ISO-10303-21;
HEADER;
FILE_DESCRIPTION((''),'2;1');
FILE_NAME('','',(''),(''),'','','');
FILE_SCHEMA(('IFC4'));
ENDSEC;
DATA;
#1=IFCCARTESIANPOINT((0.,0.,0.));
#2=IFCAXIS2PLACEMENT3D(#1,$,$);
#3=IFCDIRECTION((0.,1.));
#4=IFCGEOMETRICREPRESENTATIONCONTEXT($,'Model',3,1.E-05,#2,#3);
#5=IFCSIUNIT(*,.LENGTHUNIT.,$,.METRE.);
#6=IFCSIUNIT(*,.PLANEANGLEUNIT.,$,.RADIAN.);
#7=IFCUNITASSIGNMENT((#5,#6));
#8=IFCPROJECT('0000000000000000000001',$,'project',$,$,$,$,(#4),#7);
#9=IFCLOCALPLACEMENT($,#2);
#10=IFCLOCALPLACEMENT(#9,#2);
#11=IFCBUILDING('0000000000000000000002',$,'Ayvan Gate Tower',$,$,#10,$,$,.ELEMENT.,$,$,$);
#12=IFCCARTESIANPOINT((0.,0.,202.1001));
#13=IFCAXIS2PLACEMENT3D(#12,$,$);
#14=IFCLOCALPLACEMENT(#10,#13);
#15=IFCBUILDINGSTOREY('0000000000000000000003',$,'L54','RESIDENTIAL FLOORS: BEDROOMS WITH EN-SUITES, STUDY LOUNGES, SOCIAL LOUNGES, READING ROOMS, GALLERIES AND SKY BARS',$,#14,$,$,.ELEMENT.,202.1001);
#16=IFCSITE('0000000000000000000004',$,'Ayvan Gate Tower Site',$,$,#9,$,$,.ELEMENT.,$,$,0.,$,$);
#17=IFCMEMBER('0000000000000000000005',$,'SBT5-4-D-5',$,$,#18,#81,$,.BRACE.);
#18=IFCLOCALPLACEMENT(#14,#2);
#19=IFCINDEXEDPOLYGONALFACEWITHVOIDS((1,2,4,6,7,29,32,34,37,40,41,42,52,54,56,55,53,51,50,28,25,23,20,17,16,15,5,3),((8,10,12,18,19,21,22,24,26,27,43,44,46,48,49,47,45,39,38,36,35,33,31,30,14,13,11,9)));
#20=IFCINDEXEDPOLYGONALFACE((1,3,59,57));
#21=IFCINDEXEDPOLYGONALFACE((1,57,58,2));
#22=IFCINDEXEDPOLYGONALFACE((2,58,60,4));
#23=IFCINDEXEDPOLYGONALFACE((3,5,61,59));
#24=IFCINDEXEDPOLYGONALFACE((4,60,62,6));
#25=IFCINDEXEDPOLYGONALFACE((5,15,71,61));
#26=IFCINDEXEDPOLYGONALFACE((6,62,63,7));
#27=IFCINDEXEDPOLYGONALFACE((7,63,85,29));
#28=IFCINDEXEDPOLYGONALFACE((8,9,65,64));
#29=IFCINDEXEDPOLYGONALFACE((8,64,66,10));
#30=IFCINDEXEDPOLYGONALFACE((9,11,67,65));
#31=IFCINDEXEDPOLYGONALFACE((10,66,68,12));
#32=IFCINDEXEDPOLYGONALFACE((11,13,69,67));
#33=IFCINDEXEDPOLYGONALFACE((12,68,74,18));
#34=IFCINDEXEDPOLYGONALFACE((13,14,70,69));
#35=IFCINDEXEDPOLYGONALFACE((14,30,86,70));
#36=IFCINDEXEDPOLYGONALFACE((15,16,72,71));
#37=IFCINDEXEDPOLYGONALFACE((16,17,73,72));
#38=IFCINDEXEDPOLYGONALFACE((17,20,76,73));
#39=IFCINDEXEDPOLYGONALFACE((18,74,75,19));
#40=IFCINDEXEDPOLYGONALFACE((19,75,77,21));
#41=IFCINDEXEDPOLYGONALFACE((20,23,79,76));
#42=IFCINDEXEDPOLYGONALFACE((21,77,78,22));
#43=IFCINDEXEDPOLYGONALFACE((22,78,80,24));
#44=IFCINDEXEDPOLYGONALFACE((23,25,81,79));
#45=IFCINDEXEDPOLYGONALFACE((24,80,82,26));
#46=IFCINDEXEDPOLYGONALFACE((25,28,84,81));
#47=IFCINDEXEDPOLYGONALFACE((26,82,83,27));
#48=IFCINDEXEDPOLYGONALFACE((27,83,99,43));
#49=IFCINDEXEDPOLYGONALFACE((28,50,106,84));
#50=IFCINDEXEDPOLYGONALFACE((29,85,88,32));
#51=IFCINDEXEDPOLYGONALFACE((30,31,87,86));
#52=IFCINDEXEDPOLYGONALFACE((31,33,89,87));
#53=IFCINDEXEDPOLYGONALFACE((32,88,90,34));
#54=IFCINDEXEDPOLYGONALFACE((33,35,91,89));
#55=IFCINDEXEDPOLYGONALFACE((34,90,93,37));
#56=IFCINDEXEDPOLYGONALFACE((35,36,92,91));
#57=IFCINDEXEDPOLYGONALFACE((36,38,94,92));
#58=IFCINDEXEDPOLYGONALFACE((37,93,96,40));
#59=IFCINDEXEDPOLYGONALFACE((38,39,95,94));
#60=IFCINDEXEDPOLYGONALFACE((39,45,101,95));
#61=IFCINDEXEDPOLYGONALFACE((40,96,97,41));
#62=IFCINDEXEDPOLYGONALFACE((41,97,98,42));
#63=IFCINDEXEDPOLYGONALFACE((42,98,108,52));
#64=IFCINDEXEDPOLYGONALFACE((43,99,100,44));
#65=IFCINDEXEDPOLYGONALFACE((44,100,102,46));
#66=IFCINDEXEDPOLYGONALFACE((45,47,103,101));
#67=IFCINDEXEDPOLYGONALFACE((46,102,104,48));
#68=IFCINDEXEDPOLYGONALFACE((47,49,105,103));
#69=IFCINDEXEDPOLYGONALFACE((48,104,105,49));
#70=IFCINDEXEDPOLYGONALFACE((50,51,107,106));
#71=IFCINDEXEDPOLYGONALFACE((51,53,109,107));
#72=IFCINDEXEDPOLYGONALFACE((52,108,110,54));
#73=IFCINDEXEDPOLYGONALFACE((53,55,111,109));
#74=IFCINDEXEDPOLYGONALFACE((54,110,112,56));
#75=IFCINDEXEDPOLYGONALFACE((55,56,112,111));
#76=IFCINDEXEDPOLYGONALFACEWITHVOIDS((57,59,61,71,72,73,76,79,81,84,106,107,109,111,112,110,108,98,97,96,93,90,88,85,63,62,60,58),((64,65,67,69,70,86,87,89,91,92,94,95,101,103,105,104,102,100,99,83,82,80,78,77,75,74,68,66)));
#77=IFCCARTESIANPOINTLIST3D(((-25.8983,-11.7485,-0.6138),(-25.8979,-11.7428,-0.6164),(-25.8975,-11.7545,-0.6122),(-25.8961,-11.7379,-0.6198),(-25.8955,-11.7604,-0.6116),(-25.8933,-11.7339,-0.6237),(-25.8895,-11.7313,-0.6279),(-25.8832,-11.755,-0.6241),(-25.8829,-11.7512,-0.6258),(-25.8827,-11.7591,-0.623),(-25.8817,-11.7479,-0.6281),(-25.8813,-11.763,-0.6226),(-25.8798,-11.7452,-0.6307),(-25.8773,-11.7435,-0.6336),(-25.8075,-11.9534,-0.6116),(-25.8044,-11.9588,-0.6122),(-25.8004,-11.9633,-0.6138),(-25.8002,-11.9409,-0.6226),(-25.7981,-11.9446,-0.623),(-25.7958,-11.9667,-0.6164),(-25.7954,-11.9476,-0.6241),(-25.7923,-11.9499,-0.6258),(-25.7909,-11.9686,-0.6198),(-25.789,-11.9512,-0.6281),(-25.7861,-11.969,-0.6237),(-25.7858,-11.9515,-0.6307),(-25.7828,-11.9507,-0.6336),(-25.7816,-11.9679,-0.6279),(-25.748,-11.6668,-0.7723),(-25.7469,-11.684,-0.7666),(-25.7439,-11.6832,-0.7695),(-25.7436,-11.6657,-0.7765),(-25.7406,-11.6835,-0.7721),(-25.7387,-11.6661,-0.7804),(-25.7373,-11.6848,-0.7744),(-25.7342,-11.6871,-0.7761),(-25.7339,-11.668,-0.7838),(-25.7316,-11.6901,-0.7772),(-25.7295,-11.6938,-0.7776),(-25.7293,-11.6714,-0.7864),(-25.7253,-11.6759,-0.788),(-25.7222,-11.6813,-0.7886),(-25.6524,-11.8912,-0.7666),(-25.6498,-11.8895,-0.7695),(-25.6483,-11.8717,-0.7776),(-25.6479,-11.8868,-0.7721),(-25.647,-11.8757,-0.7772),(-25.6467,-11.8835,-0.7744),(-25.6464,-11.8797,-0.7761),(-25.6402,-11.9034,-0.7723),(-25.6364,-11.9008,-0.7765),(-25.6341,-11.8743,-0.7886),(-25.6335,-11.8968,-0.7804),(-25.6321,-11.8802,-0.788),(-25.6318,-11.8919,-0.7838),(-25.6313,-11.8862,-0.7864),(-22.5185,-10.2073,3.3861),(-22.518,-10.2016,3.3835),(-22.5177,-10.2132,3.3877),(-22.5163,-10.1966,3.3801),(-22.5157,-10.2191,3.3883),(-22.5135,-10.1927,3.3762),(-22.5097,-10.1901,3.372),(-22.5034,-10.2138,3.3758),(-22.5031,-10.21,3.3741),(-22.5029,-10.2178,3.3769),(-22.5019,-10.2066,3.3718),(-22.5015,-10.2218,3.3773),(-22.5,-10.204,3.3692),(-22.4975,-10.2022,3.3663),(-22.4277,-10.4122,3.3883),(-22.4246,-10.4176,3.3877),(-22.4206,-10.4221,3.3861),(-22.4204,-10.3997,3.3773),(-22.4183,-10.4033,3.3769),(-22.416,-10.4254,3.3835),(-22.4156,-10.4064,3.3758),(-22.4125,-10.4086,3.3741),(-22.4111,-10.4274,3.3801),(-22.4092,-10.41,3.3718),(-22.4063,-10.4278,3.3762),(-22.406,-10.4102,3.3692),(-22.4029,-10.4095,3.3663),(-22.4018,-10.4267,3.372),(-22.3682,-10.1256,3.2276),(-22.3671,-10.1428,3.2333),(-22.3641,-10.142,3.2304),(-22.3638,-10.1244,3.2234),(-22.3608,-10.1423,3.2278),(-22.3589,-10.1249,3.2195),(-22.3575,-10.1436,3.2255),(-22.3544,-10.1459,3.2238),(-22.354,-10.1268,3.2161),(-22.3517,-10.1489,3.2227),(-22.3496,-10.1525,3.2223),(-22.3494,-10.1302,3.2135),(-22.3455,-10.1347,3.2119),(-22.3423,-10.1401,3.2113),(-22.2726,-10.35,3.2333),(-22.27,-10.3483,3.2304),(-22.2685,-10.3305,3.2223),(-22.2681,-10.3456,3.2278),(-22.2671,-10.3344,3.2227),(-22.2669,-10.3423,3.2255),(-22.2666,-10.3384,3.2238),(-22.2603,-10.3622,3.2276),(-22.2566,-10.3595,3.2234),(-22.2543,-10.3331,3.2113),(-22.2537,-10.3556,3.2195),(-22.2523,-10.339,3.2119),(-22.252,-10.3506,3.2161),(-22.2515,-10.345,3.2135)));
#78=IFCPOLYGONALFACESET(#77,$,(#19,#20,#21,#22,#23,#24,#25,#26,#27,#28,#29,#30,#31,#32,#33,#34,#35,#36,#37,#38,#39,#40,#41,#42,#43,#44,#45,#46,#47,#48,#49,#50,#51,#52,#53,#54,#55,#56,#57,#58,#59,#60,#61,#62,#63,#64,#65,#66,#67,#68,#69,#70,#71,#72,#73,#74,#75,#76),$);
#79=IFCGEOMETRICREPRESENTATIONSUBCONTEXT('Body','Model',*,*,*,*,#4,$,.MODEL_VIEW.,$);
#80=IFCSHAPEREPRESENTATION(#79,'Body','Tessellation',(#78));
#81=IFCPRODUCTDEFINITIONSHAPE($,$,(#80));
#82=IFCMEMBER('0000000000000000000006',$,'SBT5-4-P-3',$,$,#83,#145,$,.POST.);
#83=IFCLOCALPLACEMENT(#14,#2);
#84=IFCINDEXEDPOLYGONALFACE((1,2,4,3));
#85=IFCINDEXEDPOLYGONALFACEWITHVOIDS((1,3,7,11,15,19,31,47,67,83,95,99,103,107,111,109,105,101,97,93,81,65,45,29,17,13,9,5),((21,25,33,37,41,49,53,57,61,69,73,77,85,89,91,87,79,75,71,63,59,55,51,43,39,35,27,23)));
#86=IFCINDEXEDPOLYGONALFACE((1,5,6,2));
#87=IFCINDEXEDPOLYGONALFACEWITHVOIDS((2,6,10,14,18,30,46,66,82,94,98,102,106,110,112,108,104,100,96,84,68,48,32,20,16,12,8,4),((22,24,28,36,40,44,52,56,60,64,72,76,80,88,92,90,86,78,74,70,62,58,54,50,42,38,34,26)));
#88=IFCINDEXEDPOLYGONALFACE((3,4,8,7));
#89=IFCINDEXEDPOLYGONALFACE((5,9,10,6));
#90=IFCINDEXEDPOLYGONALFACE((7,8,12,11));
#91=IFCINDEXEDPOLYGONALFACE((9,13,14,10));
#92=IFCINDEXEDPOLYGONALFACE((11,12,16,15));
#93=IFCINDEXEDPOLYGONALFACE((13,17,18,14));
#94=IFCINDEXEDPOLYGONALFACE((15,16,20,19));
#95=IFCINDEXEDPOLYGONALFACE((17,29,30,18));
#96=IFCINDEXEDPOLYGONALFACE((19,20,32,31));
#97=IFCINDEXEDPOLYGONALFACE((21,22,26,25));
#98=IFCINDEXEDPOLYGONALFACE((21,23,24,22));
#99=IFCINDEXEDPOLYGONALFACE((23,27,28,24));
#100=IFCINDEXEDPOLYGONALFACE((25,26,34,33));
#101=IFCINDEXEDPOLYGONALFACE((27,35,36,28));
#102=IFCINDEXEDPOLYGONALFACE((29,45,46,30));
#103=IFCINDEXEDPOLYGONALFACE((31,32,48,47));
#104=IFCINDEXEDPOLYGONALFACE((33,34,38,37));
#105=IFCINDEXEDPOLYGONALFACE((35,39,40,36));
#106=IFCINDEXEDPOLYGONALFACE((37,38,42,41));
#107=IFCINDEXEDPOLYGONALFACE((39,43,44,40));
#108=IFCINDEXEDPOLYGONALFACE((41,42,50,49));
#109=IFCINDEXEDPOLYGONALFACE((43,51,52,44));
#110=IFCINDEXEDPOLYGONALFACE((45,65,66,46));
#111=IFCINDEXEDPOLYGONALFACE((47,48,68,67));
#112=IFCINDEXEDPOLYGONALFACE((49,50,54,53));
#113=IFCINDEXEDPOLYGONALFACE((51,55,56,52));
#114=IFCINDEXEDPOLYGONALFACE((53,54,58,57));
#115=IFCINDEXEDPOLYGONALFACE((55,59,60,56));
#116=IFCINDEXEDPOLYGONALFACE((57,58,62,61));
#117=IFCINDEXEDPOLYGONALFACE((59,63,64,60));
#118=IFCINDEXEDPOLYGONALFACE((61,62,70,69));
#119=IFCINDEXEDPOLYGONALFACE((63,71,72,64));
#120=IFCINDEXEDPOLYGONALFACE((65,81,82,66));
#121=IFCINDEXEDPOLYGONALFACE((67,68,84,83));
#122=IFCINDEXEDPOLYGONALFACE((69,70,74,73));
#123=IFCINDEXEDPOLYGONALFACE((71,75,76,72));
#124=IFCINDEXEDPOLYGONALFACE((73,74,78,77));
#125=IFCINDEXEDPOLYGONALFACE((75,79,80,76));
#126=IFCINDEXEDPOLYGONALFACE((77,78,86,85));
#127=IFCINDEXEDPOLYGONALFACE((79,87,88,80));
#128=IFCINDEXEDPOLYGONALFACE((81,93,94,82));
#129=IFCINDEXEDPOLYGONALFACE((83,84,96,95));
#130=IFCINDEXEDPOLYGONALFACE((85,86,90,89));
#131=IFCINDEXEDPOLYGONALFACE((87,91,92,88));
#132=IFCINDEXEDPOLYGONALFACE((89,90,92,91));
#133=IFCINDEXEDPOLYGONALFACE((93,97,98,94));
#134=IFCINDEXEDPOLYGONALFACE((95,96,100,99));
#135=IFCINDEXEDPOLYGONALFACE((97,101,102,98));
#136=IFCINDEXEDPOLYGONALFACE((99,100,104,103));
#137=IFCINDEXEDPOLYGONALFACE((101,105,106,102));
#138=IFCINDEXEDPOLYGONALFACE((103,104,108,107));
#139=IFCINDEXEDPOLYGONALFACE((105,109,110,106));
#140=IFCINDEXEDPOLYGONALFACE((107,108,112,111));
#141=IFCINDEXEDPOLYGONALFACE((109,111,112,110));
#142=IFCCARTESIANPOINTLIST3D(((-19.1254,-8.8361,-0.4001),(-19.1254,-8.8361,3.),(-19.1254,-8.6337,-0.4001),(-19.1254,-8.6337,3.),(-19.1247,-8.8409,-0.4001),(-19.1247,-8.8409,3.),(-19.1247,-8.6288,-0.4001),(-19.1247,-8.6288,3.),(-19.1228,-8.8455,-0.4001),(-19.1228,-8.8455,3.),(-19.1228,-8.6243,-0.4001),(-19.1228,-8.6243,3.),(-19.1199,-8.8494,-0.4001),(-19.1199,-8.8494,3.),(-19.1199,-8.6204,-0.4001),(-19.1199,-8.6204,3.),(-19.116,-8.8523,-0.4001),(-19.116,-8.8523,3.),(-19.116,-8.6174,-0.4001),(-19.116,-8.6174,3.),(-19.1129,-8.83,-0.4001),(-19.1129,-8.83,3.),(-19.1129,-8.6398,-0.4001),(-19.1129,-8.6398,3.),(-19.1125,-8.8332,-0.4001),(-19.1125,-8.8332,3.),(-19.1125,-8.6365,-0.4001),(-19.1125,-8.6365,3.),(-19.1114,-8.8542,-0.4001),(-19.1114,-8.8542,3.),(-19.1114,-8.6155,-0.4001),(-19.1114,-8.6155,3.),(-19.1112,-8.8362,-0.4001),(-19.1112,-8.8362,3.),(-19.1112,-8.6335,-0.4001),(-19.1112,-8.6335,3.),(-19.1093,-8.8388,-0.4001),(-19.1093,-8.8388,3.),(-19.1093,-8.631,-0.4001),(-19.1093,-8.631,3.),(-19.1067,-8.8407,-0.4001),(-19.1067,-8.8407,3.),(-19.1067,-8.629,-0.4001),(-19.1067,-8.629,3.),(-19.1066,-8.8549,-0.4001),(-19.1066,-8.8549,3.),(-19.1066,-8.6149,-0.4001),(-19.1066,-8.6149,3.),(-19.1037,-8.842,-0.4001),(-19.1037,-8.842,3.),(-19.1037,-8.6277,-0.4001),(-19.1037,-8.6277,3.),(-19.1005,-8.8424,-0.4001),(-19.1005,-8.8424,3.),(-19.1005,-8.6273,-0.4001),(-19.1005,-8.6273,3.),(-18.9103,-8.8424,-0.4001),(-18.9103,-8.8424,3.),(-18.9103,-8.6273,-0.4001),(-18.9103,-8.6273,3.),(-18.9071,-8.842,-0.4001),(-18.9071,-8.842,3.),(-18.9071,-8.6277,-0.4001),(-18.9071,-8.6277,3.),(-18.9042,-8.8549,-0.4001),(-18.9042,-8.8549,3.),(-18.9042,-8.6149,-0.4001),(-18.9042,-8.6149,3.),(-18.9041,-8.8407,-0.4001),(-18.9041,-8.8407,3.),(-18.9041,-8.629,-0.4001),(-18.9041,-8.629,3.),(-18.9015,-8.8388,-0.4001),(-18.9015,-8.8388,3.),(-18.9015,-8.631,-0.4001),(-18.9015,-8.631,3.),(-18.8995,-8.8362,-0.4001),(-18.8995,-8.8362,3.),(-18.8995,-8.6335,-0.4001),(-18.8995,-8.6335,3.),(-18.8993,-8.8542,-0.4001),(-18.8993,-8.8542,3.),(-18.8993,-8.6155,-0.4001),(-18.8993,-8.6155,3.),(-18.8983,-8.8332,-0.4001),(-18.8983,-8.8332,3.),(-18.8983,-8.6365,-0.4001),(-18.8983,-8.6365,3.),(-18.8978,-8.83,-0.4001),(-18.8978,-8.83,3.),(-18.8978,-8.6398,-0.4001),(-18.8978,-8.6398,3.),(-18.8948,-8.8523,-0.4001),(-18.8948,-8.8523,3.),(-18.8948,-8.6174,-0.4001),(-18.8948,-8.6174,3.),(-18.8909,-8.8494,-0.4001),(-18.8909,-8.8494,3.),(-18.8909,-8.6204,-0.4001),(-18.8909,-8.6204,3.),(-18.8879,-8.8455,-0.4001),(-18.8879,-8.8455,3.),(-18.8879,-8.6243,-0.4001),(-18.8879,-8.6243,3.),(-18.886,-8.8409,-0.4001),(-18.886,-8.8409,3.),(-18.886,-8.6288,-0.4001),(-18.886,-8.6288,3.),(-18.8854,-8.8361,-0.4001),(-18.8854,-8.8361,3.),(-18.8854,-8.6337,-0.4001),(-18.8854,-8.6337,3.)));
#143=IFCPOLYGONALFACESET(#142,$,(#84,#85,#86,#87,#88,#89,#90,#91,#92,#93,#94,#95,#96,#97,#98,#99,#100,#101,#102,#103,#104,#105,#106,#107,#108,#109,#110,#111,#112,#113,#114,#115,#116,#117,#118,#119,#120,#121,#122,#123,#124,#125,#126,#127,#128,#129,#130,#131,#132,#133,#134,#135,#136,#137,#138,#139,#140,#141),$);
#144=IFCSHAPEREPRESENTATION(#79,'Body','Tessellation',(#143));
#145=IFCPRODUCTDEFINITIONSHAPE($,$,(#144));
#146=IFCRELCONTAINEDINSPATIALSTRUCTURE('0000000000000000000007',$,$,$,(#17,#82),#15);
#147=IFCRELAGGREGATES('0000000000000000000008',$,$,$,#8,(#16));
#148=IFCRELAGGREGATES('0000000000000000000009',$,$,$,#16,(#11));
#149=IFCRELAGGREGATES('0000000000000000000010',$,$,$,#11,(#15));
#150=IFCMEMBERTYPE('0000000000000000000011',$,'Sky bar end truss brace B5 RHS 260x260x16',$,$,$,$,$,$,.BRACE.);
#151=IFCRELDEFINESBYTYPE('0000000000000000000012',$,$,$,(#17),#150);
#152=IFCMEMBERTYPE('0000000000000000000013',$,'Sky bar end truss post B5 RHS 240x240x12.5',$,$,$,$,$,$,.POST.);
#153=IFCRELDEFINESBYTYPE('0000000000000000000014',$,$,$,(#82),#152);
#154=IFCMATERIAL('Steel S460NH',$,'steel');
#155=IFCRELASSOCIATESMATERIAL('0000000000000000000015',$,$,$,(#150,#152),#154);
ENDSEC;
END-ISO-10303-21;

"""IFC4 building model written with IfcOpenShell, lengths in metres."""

from ifc_helpers import new_model, si_unit, direction, frame, origin, origin_2d, place, context, subcontext, project, spatial, hollow_rectangle, extrude, material, material_profile, profile_set, type_object, element, save


model = new_model("IFC4")

# Units and contexts
model_context = context("Model", 3, precision=1e-05, world=origin(), true_north=direction((0.0, 1.0)))
body_context = subcontext(model_context, "Body", "Model", "MODEL_VIEW")
ifc_project = project(units=[si_unit("LENGTHUNIT", "METRE"), si_unit("PLANEANGLEUNIT", "RADIAN")], contexts=[model_context])

# Site, building, storey
site_placement = place(None, origin())
site = spatial("IfcSite", under=ifc_project, at=site_placement, Name="Ayvan Gate Tower Site", CompositionType="ELEMENT", RefElevation=0.0)
building_placement = place(site_placement, origin())
building = spatial("IfcBuilding", under=site, at=building_placement, Name="Ayvan Gate Tower", CompositionType="ELEMENT")
storey_placement = place(building_placement, frame((0.0, 0.0, 202.1001)))
storey = spatial("IfcBuildingStorey", under=building, at=storey_placement, Name="L54", Description="RESIDENTIAL FLOORS: BEDROOMS WITH EN-SUITES, STUDY LOUNGES, SOCIAL LOUNGES, READING ROOMS, GALLERIES AND SKY BARS", CompositionType="ELEMENT", Elevation=202.1001)

# Members
ifc_material_1 = material(Name="Steel S460NH", Category="steel")
ifc_material_profile_1 = material_profile(ifc_material_1, hollow_rectangle(XDim=0.26, YDim=0.26, WallThickness=0.0161, InnerFilletRadius=0.0161, OuterFilletRadius=0.0239, at=origin_2d()), Name="RHS 260x260x16")
ifc_profile_set_1 = profile_set([ifc_material_profile_1], Name="Steel S460NH")
member_type_1 = type_object("IfcMemberType", Name="Sky bar end truss brace B5 RHS 260x260x16", PredefinedType="BRACE", material=ifc_profile_set_1)
for number, where, z_axis, x_axis, name in (
    (1, (-22.385, -10.2761, 3.2998), (-0.619156, -0.282341, -0.732754), (0.414907, -0.909864, 0.0), "SBT5-4-D-5"),
):
    element("IfcMember", number, at=place(storey_placement, frame(where, z_axis=z_axis, x_axis=x_axis)), inside=storey, type_object=member_type_1, Name=name, PredefinedType="BRACE", context=body_context, shape_type="SweptSolid", body=[
        extrude(hollow_rectangle(XDim=0.26, YDim=0.26, WallThickness=0.0161, InnerFilletRadius=0.0161, OuterFilletRadius=0.0239, at=origin_2d()), origin(), (0.0, 0.0, 1.0), 5.4587),
    ])
ifc_material_profile_2 = material_profile(ifc_material_1, hollow_rectangle(XDim=0.24, YDim=0.24, WallThickness=0.0125, InnerFilletRadius=0.0125, OuterFilletRadius=0.0188, at=origin_2d()), Name="RHS 240x240x12.5")
ifc_profile_set_2 = profile_set([ifc_material_profile_2], Name="Steel S460NH")
member_type_2 = type_object("IfcMemberType", Name="Sky bar end truss post B5 RHS 240x240x12.5", PredefinedType="POST", material=ifc_profile_set_2)
for number, where, z_axis, x_axis, name in (
    (2, (-19.0054, -8.7349, -0.4001), (0.0, 0.0, 1.0), (1.0, 0.0, 0.0), "SBT5-4-P-3"),
):
    element("IfcMember", number, at=place(storey_placement, frame(where, z_axis=z_axis, x_axis=x_axis)), inside=storey, type_object=member_type_2, Name=name, PredefinedType="POST", context=body_context, shape_type="SweptSolid", body=[
        extrude(hollow_rectangle(XDim=0.24, YDim=0.24, WallThickness=0.0125, InnerFilletRadius=0.0125, OuterFilletRadius=0.0188, at=origin_2d()), origin(), (0.0, 0.0, 1.0), 3.4001),
    ])

save(model, "model.ifc")
